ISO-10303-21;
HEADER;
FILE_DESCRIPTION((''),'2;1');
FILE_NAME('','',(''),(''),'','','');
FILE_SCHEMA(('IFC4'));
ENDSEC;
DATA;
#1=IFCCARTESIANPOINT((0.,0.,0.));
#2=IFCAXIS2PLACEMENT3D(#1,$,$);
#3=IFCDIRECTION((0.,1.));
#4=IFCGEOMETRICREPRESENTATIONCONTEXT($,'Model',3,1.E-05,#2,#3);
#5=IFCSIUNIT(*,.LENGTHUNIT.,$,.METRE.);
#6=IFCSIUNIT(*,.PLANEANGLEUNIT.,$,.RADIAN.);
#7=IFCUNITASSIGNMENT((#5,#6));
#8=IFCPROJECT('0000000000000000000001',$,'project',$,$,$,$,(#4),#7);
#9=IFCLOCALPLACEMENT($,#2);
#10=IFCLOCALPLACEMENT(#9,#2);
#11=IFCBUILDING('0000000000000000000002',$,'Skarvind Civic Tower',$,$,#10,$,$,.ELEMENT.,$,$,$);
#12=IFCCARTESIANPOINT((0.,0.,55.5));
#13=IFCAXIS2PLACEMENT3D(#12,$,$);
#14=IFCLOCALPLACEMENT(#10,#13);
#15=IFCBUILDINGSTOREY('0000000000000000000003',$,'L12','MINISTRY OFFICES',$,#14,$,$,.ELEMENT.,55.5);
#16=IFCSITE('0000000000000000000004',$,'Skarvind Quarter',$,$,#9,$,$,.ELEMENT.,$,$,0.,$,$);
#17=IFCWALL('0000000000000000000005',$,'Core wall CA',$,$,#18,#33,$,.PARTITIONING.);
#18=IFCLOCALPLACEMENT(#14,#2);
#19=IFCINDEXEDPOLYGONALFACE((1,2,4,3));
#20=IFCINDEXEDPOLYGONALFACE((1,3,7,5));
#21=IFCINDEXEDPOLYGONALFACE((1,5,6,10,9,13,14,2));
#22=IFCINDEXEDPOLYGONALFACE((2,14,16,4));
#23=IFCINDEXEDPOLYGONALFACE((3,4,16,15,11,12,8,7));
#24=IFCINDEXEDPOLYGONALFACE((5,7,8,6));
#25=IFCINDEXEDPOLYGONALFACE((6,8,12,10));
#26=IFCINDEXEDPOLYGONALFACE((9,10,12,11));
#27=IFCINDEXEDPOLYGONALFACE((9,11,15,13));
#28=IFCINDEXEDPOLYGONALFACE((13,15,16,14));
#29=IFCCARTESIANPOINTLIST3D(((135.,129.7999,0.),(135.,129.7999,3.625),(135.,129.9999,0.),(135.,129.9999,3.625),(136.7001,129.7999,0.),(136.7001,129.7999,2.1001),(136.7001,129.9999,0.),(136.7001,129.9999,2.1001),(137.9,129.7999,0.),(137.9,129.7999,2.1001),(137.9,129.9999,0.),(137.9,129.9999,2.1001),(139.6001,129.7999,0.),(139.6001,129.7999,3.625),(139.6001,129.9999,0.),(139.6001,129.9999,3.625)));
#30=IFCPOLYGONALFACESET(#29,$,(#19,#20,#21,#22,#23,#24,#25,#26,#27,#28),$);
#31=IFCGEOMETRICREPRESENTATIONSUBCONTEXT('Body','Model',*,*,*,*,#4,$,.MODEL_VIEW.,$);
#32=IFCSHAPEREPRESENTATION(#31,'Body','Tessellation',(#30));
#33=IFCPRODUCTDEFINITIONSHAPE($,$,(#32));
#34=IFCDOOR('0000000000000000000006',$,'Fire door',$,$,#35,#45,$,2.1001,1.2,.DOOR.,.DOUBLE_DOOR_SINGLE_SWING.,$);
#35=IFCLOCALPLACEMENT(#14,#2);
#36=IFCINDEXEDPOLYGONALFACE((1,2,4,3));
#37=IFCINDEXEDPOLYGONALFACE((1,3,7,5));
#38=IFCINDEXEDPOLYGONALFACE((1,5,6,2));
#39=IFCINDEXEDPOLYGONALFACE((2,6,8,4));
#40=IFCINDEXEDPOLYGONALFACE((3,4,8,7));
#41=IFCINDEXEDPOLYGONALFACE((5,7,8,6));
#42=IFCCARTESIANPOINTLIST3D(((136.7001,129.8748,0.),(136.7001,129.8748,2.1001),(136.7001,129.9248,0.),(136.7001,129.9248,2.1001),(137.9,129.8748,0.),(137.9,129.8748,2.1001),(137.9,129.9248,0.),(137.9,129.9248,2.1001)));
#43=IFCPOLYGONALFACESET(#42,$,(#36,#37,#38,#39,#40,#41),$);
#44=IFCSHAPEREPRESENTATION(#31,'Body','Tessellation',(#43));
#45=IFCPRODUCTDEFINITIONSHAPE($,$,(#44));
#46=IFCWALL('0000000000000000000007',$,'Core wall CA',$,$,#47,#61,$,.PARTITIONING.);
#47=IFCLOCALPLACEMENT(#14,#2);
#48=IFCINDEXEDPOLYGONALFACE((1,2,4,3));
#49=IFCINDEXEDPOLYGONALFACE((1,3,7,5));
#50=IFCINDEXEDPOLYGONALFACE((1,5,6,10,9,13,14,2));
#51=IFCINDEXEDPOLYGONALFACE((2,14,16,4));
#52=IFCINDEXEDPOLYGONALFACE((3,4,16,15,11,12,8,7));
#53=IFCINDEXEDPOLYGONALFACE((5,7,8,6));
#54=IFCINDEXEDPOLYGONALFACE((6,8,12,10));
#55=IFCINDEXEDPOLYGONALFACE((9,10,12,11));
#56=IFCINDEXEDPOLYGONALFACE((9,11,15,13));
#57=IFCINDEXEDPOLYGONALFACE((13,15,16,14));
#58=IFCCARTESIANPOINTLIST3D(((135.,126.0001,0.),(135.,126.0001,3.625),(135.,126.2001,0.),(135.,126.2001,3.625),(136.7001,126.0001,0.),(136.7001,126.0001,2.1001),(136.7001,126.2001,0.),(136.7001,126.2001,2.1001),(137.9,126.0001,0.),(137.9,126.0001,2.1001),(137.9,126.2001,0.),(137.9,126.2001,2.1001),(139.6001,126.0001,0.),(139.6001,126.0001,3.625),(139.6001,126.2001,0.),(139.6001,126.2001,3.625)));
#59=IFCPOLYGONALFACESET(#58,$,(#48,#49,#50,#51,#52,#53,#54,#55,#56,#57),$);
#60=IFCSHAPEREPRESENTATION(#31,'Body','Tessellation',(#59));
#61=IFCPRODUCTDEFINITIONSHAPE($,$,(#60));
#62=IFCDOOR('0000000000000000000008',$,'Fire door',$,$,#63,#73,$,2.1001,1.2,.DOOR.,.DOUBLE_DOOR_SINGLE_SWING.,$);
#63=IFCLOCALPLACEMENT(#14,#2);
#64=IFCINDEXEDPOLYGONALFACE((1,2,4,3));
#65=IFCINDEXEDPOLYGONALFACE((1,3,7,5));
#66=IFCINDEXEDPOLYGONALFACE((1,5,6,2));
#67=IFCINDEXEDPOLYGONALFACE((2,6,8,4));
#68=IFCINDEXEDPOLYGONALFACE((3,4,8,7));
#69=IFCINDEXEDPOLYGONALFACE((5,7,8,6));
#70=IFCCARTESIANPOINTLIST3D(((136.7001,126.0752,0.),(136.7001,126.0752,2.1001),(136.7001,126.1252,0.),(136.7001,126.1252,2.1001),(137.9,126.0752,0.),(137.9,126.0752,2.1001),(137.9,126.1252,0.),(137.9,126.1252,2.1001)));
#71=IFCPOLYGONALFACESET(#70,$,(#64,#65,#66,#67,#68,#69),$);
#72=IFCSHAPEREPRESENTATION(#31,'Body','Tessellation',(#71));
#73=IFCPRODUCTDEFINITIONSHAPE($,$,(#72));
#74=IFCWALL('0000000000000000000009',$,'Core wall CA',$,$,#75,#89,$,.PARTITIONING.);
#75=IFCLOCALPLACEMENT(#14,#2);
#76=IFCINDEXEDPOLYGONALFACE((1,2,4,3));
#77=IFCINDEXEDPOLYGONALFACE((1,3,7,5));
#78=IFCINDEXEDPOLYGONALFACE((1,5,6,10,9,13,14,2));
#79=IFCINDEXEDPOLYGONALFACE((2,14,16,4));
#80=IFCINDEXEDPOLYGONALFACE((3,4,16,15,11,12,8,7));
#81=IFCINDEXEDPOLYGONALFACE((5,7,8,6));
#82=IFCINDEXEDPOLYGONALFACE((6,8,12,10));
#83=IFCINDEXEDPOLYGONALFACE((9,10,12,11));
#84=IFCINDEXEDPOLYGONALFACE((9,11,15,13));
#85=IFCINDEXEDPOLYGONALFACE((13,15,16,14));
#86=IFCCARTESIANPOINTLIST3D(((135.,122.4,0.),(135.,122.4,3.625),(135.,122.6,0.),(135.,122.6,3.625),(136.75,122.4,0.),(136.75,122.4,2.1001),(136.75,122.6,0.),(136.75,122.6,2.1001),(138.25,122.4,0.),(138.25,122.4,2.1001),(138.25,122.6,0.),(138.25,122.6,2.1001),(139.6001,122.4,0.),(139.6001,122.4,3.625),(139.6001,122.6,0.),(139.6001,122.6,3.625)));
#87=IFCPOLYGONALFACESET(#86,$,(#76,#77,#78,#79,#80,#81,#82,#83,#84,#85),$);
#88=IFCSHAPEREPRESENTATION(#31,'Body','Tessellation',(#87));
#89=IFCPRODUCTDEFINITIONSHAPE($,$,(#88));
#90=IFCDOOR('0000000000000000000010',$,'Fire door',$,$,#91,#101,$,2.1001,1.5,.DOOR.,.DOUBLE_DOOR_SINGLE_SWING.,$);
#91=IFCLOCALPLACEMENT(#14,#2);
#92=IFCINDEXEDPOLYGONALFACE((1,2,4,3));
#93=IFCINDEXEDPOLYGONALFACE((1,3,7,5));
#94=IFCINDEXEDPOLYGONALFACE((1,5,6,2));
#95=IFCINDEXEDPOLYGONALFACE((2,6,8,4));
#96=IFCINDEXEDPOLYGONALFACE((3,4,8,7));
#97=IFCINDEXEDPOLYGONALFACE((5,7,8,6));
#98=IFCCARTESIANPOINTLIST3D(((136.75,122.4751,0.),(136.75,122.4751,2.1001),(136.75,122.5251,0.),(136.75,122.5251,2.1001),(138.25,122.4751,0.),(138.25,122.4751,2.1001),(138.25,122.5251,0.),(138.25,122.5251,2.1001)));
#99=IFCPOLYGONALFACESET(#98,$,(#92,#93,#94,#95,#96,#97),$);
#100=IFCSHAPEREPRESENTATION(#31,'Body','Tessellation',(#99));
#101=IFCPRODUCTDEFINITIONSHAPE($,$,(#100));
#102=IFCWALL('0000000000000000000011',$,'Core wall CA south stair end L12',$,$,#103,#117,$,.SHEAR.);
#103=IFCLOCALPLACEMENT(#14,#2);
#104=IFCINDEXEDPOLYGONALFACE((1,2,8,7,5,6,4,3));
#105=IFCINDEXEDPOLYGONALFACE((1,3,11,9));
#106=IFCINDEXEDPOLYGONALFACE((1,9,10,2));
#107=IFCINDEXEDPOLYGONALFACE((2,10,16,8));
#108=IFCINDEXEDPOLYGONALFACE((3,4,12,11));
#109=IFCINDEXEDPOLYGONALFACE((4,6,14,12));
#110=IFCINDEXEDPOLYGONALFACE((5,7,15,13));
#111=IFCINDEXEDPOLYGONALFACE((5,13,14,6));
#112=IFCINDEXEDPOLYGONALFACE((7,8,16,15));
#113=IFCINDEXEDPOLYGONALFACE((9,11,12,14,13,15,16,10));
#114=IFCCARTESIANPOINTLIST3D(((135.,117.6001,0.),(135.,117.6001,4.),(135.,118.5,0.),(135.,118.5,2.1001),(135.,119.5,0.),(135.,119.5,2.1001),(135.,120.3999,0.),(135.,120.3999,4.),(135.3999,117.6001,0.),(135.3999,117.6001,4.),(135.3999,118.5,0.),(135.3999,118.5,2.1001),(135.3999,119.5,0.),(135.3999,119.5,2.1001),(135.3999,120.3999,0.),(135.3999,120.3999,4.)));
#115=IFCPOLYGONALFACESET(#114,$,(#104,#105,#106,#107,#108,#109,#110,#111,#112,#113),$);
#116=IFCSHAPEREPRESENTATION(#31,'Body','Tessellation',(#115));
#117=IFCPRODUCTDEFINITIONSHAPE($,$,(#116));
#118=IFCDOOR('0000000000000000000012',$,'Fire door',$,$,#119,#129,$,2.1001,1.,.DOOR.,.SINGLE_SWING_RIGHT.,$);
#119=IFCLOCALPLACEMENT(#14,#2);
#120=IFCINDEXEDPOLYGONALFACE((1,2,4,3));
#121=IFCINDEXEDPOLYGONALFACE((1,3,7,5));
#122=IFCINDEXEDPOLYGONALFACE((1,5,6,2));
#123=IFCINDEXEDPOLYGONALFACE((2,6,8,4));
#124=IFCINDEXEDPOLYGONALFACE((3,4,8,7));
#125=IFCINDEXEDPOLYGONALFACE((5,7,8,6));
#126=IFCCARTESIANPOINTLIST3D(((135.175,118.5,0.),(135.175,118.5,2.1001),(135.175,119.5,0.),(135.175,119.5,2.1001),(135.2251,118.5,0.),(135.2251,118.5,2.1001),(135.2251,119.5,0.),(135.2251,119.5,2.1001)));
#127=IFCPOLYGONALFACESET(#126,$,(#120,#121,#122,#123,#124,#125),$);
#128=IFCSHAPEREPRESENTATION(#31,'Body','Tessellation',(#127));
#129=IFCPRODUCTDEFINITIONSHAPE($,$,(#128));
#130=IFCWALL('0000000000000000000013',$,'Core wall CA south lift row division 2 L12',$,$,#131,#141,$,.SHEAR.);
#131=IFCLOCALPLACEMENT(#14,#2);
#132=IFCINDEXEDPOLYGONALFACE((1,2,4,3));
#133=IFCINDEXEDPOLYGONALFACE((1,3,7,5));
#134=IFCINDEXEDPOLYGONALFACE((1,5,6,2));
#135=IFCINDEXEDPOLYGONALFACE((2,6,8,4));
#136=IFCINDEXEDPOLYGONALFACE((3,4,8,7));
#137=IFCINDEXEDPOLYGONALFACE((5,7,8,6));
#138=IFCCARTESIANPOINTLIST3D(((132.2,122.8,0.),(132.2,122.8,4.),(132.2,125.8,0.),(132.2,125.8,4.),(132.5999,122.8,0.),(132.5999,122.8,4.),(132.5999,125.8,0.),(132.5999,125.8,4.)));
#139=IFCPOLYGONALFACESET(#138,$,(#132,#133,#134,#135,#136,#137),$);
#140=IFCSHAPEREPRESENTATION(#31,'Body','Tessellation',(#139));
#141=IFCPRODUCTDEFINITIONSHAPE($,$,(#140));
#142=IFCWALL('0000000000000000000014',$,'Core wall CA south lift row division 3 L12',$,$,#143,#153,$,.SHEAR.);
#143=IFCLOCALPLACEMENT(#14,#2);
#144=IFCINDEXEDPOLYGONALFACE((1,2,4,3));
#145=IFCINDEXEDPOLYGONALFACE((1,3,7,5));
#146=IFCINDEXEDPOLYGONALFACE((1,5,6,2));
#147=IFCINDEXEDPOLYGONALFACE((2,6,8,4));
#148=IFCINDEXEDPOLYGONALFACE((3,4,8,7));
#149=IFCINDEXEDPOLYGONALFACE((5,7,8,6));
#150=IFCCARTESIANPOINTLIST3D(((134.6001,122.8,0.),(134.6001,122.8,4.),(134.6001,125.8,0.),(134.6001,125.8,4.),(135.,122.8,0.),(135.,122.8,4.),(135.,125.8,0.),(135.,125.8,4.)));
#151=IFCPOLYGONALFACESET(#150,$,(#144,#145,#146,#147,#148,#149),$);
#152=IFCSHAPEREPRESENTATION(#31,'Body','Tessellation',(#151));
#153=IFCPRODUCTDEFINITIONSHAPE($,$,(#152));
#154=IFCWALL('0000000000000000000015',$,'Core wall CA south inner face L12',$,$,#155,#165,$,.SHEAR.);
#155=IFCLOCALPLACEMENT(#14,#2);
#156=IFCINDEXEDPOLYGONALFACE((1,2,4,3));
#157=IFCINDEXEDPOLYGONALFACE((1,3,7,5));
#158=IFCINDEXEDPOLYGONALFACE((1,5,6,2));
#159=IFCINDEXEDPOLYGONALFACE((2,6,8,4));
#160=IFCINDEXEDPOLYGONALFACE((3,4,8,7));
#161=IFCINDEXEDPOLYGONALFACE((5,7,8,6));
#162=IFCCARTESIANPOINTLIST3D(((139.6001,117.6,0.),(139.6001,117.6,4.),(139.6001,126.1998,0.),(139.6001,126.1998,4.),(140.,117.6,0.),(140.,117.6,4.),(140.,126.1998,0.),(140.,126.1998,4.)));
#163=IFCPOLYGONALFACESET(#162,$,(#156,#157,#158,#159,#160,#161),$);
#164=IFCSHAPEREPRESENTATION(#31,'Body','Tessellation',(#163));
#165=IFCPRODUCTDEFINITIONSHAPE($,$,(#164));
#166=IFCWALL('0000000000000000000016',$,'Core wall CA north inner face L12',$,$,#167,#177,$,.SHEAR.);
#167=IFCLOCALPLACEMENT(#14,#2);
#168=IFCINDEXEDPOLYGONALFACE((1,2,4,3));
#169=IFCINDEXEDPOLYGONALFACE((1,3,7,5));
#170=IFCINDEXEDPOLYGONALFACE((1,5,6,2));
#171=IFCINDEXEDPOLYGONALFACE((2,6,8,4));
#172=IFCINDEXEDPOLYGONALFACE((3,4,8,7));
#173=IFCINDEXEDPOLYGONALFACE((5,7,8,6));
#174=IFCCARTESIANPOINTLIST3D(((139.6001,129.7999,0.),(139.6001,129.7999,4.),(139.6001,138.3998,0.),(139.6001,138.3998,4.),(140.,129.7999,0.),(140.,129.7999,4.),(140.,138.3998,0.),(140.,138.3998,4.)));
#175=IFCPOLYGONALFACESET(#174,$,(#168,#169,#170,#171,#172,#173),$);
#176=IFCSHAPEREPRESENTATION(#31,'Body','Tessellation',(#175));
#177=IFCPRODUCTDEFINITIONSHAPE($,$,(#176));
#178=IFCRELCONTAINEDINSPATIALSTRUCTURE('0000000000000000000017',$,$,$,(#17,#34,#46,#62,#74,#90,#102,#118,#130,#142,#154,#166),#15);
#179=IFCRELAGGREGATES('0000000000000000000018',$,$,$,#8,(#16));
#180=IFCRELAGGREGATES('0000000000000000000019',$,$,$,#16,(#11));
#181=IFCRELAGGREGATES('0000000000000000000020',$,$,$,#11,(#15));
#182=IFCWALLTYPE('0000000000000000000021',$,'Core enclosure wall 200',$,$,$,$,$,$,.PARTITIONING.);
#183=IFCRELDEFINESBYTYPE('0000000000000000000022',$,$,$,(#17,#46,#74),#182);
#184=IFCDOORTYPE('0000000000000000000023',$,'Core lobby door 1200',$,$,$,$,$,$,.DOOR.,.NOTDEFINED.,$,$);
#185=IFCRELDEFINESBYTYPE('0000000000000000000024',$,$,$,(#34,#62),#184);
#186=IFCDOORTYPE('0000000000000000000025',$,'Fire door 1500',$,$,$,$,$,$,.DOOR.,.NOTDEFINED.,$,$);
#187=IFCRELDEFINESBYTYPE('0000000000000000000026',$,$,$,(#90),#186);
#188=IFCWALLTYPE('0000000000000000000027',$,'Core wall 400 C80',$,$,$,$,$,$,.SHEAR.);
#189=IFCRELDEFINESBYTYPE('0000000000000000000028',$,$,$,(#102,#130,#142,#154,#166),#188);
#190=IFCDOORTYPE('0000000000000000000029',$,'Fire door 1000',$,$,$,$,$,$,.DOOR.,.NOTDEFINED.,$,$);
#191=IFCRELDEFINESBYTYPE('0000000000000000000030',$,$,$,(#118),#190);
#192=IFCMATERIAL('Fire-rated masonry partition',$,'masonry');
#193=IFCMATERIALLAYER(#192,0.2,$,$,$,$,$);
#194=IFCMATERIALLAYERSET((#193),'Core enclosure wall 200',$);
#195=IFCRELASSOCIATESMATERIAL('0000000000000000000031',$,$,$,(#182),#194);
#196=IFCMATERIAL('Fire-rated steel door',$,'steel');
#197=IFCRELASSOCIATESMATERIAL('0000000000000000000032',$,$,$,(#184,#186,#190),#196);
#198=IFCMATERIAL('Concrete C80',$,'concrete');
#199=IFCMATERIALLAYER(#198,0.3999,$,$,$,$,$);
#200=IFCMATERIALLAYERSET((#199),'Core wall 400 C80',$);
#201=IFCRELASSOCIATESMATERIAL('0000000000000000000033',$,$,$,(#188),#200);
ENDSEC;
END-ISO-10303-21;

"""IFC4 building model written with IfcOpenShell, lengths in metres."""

from ifc_helpers import new_model, si_unit, direction, frame, frame_2d, origin, place, context, subcontext, project, spatial, rectangle, extrude, material, layer, layer_set, type_object, element, fill, save


model = new_model("IFC4")

# Units and contexts
model_context = context("Model", 3, precision=1e-05, world=origin(), true_north=direction((0.0, 1.0)))
body_context = subcontext(model_context, "Body", "Model", "MODEL_VIEW")
ifc_project = project(units=[si_unit("LENGTHUNIT", "METRE"), si_unit("PLANEANGLEUNIT", "RADIAN")], contexts=[model_context])

# Site, building, storey
site_placement = place(None, origin())
site = spatial("IfcSite", under=ifc_project, at=site_placement, Name="Skarvind Quarter", CompositionType="ELEMENT", RefElevation=0.0)
building_placement = place(site_placement, origin())
building = spatial("IfcBuilding", under=site, at=building_placement, Name="Skarvind Civic Tower", CompositionType="ELEMENT")
storey_placement = place(building_placement, frame((0.0, 0.0, 55.5)))
storey = spatial("IfcBuildingStorey", under=building, at=storey_placement, Name="L12", Description="MINISTRY OFFICES", CompositionType="ELEMENT", Elevation=55.5)

# Walls, openings, doors
ifc_material_1 = material(Name="Fire-rated masonry partition", Category="masonry")
ifc_layer_1 = layer(ifc_material_1, 0.2)
ifc_layer_set_1 = layer_set([ifc_layer_1], Name="Core enclosure wall 200")
wall_type_1 = type_object("IfcWallType", Name="Core enclosure wall 200", PredefinedType="PARTITIONING", material=ifc_layer_set_1)
wall_1_placement = place(storey_placement, frame((135.0, 129.8999, 0.0), z_axis=(0.0, 0.0, 1.0), x_axis=(1.0, 0.0, 0.0)))
wall_1 = element("IfcWall", 1, at=wall_1_placement, inside=storey, type_object=wall_type_1, Name="Core wall CA", PredefinedType="PARTITIONING", context=body_context, shape_type="SweptSolid", body=[
    extrude(rectangle(XDim=4.6001, YDim=0.2, at=frame_2d((2.3, 0.0))), origin(), (0.0, 0.0, 1.0), 3.625),
])
opening_1_placement = place(wall_1_placement, frame((1.7, 0.0, 0.0)))
opening_1 = element("IfcOpeningElement", 2, at=opening_1_placement, cuts=wall_1, PredefinedType="OPENING", context=body_context, shape_type="SweptSolid", body=[
    extrude(rectangle(XDim=1.2, YDim=2.1001, at=frame_2d((0.6001, 1.05))), frame((0.0, 0.1099, 0.0), z_axis=(0.0, -1.0, 0.0), x_axis=(1.0, 0.0, 0.0)), (0.0, 0.0, 1.0), 0.22),
])
ifc_material_2 = material(Name="Fire-rated steel door", Category="steel")
door_type_1 = type_object("IfcDoorType", Name="Core lobby door 1200", OperationType="NOTDEFINED", PredefinedType="DOOR", material=ifc_material_2)
door_1_placement = place(opening_1_placement, origin())
door_1 = element("IfcDoor", 3, at=door_1_placement, inside=storey, type_object=door_type_1, Name="Fire door", OperationType="DOUBLE_DOOR_SINGLE_SWING", OverallHeight=2.1001, OverallWidth=1.2, PredefinedType="DOOR", context=body_context, shape_type="SweptSolid", body=[
    extrude(rectangle(XDim=1.2, YDim=2.1001, at=frame_2d((0.6001, 1.05))), frame((0.0, 0.0249, 0.0), z_axis=(0.0, -1.0, 0.0), x_axis=(1.0, 0.0, 0.0)), (0.0, 0.0, 1.0), 0.05),
])
fill(opening_1, door_1)
wall_2_placement = place(storey_placement, frame((139.6001, 126.1001, 0.0), z_axis=(0.0, 0.0, 1.0), x_axis=(-1.0, 0.0, 0.0)))
wall_2 = element("IfcWall", 4, at=wall_2_placement, inside=storey, type_object=wall_type_1, Name="Core wall CA", PredefinedType="PARTITIONING", context=body_context, shape_type="SweptSolid", body=[
    extrude(rectangle(XDim=4.6001, YDim=0.2, at=frame_2d((2.3, 0.0))), origin(), (0.0, 0.0, 1.0), 3.625),
])
opening_2_placement = place(wall_2_placement, frame((1.7, 0.0, 0.0)))
opening_2 = element("IfcOpeningElement", 5, at=opening_2_placement, cuts=wall_2, PredefinedType="OPENING", context=body_context, shape_type="SweptSolid", body=[
    extrude(rectangle(XDim=1.2, YDim=2.1001, at=frame_2d((0.6001, 1.05))), frame((0.0, 0.1099, 0.0), z_axis=(0.0, -1.0, 0.0), x_axis=(1.0, 0.0, 0.0)), (0.0, 0.0, 1.0), 0.22),
])
door_2_placement = place(opening_2_placement, origin())
door_2 = element("IfcDoor", 6, at=door_2_placement, inside=storey, type_object=door_type_1, Name="Fire door", OperationType="DOUBLE_DOOR_SINGLE_SWING", OverallHeight=2.1001, OverallWidth=1.2, PredefinedType="DOOR", context=body_context, shape_type="SweptSolid", body=[
    extrude(rectangle(XDim=1.2, YDim=2.1001, at=frame_2d((0.6001, 1.05))), frame((0.0, 0.0249, 0.0), z_axis=(0.0, -1.0, 0.0), x_axis=(1.0, 0.0, 0.0)), (0.0, 0.0, 1.0), 0.05),
])
fill(opening_2, door_2)
wall_3_placement = place(storey_placement, frame((139.6001, 122.5, 0.0), z_axis=(0.0, 0.0, 1.0), x_axis=(-1.0, 0.0, 0.0)))
wall_3 = element("IfcWall", 7, at=wall_3_placement, inside=storey, type_object=wall_type_1, Name="Core wall CA", PredefinedType="PARTITIONING", context=body_context, shape_type="SweptSolid", body=[
    extrude(rectangle(XDim=4.6001, YDim=0.2, at=frame_2d((2.3, 0.0))), origin(), (0.0, 0.0, 1.0), 3.625),
])
opening_3_placement = place(wall_3_placement, frame((1.3501, 0.0, 0.0)))
opening_3 = element("IfcOpeningElement", 8, at=opening_3_placement, cuts=wall_3, PredefinedType="OPENING", context=body_context, shape_type="SweptSolid", body=[
    extrude(rectangle(XDim=1.5, YDim=2.1001, at=frame_2d((0.75, 1.05))), frame((0.0, 0.1099, 0.0), z_axis=(0.0, -1.0, 0.0), x_axis=(1.0, 0.0, 0.0)), (0.0, 0.0, 1.0), 0.22),
])
door_type_2 = type_object("IfcDoorType", Name="Fire door 1500", OperationType="NOTDEFINED", PredefinedType="DOOR", material=ifc_material_2)
door_3_placement = place(opening_3_placement, origin())
door_3 = element("IfcDoor", 9, at=door_3_placement, inside=storey, type_object=door_type_2, Name="Fire door", OperationType="DOUBLE_DOOR_SINGLE_SWING", OverallHeight=2.1001, OverallWidth=1.5, PredefinedType="DOOR", context=body_context, shape_type="SweptSolid", body=[
    extrude(rectangle(XDim=1.5, YDim=2.1001, at=frame_2d((0.75, 1.05))), frame((0.0, 0.0249, 0.0), z_axis=(0.0, -1.0, 0.0), x_axis=(1.0, 0.0, 0.0)), (0.0, 0.0, 1.0), 0.05),
])
fill(opening_3, door_3)
ifc_material_3 = material(Name="Concrete C80", Category="concrete")
ifc_layer_2 = layer(ifc_material_3, 0.3999)
ifc_layer_set_2 = layer_set([ifc_layer_2], Name="Core wall 400 C80")
wall_type_2 = type_object("IfcWallType", Name="Core wall 400 C80", PredefinedType="SHEAR", material=ifc_layer_set_2)
wall_4_placement = place(storey_placement, frame((135.2, 117.6001, 0.0), z_axis=(0.0, 0.0, 1.0), x_axis=(0.0, 1.0, 0.0)))
wall_4 = element("IfcWall", 10, at=wall_4_placement, inside=storey, type_object=wall_type_2, Name="Core wall CA south stair end L12", PredefinedType="SHEAR", context=body_context, shape_type="SweptSolid", body=[
    extrude(rectangle(XDim=2.7998, YDim=0.3999, at=frame_2d((1.3999, 0.0))), origin(), (0.0, 0.0, 1.0), 4.0),
])
opening_4_placement = place(wall_4_placement, frame((0.8999, 0.0, 0.0)))
opening_4 = element("IfcOpeningElement", 11, at=opening_4_placement, cuts=wall_4, PredefinedType="OPENING", context=body_context, shape_type="SweptSolid", body=[
    extrude(rectangle(XDim=1.0, YDim=2.1001, at=frame_2d((0.5, 1.05))), frame((0.0, 0.21, 0.0), z_axis=(0.0, -1.0, 0.0), x_axis=(1.0, 0.0, 0.0)), (0.0, 0.0, 1.0), 0.4199),
])
door_type_3 = type_object("IfcDoorType", Name="Fire door 1000", OperationType="NOTDEFINED", PredefinedType="DOOR", material=ifc_material_2)
door_4_placement = place(opening_4_placement, origin())
door_4 = element("IfcDoor", 12, at=door_4_placement, inside=storey, type_object=door_type_3, Name="Fire door", OperationType="SINGLE_SWING_RIGHT", OverallHeight=2.1001, OverallWidth=1.0, PredefinedType="DOOR", context=body_context, shape_type="SweptSolid", body=[
    extrude(rectangle(XDim=1.0, YDim=2.1001, at=frame_2d((0.5, 1.05))), frame((0.0, 0.0249, 0.0), z_axis=(0.0, -1.0, 0.0), x_axis=(1.0, 0.0, 0.0)), (0.0, 0.0, 1.0), 0.05),
])
fill(opening_4, door_4)

# Walls
for number, where, z_axis, x_axis, name in (
    (13, (132.3999, 122.8, 0.0), (0.0, 0.0, 1.0), (0.0, 1.0, 0.0), "Core wall CA south lift row division 2 L12"),
    (14, (134.8, 122.8, 0.0), (0.0, 0.0, 1.0), (0.0, 1.0, 0.0), "Core wall CA south lift row division 3 L12"),
):
    element("IfcWall", number, at=place(storey_placement, frame(where, z_axis=z_axis, x_axis=x_axis)), inside=storey, type_object=wall_type_2, Name=name, PredefinedType="SHEAR", context=body_context, shape_type="SweptSolid", body=[
        extrude(rectangle(XDim=3.0, YDim=0.3999, at=frame_2d((1.5, 0.0))), origin(), (0.0, 0.0, 1.0), 4.0),
    ])
for number, where, z_axis, x_axis, name in (
    (15, (139.8, 117.6001, 0.0), (0.0, 0.0, 1.0), (0.0, 1.0, 0.0), "Core wall CA south inner face L12"),
    (16, (139.8, 129.8, 0.0), (0.0, 0.0, 1.0), (0.0, 1.0, 0.0), "Core wall CA north inner face L12"),
):
    element("IfcWall", number, at=place(storey_placement, frame(where, z_axis=z_axis, x_axis=x_axis)), inside=storey, type_object=wall_type_2, Name=name, PredefinedType="SHEAR", context=body_context, shape_type="SweptSolid", body=[
        extrude(rectangle(XDim=8.5999, YDim=0.3999, at=frame_2d((4.2998, 0.0))), origin(), (0.0, 0.0, 1.0), 4.0),
    ])

save(model, "model.ifc")
